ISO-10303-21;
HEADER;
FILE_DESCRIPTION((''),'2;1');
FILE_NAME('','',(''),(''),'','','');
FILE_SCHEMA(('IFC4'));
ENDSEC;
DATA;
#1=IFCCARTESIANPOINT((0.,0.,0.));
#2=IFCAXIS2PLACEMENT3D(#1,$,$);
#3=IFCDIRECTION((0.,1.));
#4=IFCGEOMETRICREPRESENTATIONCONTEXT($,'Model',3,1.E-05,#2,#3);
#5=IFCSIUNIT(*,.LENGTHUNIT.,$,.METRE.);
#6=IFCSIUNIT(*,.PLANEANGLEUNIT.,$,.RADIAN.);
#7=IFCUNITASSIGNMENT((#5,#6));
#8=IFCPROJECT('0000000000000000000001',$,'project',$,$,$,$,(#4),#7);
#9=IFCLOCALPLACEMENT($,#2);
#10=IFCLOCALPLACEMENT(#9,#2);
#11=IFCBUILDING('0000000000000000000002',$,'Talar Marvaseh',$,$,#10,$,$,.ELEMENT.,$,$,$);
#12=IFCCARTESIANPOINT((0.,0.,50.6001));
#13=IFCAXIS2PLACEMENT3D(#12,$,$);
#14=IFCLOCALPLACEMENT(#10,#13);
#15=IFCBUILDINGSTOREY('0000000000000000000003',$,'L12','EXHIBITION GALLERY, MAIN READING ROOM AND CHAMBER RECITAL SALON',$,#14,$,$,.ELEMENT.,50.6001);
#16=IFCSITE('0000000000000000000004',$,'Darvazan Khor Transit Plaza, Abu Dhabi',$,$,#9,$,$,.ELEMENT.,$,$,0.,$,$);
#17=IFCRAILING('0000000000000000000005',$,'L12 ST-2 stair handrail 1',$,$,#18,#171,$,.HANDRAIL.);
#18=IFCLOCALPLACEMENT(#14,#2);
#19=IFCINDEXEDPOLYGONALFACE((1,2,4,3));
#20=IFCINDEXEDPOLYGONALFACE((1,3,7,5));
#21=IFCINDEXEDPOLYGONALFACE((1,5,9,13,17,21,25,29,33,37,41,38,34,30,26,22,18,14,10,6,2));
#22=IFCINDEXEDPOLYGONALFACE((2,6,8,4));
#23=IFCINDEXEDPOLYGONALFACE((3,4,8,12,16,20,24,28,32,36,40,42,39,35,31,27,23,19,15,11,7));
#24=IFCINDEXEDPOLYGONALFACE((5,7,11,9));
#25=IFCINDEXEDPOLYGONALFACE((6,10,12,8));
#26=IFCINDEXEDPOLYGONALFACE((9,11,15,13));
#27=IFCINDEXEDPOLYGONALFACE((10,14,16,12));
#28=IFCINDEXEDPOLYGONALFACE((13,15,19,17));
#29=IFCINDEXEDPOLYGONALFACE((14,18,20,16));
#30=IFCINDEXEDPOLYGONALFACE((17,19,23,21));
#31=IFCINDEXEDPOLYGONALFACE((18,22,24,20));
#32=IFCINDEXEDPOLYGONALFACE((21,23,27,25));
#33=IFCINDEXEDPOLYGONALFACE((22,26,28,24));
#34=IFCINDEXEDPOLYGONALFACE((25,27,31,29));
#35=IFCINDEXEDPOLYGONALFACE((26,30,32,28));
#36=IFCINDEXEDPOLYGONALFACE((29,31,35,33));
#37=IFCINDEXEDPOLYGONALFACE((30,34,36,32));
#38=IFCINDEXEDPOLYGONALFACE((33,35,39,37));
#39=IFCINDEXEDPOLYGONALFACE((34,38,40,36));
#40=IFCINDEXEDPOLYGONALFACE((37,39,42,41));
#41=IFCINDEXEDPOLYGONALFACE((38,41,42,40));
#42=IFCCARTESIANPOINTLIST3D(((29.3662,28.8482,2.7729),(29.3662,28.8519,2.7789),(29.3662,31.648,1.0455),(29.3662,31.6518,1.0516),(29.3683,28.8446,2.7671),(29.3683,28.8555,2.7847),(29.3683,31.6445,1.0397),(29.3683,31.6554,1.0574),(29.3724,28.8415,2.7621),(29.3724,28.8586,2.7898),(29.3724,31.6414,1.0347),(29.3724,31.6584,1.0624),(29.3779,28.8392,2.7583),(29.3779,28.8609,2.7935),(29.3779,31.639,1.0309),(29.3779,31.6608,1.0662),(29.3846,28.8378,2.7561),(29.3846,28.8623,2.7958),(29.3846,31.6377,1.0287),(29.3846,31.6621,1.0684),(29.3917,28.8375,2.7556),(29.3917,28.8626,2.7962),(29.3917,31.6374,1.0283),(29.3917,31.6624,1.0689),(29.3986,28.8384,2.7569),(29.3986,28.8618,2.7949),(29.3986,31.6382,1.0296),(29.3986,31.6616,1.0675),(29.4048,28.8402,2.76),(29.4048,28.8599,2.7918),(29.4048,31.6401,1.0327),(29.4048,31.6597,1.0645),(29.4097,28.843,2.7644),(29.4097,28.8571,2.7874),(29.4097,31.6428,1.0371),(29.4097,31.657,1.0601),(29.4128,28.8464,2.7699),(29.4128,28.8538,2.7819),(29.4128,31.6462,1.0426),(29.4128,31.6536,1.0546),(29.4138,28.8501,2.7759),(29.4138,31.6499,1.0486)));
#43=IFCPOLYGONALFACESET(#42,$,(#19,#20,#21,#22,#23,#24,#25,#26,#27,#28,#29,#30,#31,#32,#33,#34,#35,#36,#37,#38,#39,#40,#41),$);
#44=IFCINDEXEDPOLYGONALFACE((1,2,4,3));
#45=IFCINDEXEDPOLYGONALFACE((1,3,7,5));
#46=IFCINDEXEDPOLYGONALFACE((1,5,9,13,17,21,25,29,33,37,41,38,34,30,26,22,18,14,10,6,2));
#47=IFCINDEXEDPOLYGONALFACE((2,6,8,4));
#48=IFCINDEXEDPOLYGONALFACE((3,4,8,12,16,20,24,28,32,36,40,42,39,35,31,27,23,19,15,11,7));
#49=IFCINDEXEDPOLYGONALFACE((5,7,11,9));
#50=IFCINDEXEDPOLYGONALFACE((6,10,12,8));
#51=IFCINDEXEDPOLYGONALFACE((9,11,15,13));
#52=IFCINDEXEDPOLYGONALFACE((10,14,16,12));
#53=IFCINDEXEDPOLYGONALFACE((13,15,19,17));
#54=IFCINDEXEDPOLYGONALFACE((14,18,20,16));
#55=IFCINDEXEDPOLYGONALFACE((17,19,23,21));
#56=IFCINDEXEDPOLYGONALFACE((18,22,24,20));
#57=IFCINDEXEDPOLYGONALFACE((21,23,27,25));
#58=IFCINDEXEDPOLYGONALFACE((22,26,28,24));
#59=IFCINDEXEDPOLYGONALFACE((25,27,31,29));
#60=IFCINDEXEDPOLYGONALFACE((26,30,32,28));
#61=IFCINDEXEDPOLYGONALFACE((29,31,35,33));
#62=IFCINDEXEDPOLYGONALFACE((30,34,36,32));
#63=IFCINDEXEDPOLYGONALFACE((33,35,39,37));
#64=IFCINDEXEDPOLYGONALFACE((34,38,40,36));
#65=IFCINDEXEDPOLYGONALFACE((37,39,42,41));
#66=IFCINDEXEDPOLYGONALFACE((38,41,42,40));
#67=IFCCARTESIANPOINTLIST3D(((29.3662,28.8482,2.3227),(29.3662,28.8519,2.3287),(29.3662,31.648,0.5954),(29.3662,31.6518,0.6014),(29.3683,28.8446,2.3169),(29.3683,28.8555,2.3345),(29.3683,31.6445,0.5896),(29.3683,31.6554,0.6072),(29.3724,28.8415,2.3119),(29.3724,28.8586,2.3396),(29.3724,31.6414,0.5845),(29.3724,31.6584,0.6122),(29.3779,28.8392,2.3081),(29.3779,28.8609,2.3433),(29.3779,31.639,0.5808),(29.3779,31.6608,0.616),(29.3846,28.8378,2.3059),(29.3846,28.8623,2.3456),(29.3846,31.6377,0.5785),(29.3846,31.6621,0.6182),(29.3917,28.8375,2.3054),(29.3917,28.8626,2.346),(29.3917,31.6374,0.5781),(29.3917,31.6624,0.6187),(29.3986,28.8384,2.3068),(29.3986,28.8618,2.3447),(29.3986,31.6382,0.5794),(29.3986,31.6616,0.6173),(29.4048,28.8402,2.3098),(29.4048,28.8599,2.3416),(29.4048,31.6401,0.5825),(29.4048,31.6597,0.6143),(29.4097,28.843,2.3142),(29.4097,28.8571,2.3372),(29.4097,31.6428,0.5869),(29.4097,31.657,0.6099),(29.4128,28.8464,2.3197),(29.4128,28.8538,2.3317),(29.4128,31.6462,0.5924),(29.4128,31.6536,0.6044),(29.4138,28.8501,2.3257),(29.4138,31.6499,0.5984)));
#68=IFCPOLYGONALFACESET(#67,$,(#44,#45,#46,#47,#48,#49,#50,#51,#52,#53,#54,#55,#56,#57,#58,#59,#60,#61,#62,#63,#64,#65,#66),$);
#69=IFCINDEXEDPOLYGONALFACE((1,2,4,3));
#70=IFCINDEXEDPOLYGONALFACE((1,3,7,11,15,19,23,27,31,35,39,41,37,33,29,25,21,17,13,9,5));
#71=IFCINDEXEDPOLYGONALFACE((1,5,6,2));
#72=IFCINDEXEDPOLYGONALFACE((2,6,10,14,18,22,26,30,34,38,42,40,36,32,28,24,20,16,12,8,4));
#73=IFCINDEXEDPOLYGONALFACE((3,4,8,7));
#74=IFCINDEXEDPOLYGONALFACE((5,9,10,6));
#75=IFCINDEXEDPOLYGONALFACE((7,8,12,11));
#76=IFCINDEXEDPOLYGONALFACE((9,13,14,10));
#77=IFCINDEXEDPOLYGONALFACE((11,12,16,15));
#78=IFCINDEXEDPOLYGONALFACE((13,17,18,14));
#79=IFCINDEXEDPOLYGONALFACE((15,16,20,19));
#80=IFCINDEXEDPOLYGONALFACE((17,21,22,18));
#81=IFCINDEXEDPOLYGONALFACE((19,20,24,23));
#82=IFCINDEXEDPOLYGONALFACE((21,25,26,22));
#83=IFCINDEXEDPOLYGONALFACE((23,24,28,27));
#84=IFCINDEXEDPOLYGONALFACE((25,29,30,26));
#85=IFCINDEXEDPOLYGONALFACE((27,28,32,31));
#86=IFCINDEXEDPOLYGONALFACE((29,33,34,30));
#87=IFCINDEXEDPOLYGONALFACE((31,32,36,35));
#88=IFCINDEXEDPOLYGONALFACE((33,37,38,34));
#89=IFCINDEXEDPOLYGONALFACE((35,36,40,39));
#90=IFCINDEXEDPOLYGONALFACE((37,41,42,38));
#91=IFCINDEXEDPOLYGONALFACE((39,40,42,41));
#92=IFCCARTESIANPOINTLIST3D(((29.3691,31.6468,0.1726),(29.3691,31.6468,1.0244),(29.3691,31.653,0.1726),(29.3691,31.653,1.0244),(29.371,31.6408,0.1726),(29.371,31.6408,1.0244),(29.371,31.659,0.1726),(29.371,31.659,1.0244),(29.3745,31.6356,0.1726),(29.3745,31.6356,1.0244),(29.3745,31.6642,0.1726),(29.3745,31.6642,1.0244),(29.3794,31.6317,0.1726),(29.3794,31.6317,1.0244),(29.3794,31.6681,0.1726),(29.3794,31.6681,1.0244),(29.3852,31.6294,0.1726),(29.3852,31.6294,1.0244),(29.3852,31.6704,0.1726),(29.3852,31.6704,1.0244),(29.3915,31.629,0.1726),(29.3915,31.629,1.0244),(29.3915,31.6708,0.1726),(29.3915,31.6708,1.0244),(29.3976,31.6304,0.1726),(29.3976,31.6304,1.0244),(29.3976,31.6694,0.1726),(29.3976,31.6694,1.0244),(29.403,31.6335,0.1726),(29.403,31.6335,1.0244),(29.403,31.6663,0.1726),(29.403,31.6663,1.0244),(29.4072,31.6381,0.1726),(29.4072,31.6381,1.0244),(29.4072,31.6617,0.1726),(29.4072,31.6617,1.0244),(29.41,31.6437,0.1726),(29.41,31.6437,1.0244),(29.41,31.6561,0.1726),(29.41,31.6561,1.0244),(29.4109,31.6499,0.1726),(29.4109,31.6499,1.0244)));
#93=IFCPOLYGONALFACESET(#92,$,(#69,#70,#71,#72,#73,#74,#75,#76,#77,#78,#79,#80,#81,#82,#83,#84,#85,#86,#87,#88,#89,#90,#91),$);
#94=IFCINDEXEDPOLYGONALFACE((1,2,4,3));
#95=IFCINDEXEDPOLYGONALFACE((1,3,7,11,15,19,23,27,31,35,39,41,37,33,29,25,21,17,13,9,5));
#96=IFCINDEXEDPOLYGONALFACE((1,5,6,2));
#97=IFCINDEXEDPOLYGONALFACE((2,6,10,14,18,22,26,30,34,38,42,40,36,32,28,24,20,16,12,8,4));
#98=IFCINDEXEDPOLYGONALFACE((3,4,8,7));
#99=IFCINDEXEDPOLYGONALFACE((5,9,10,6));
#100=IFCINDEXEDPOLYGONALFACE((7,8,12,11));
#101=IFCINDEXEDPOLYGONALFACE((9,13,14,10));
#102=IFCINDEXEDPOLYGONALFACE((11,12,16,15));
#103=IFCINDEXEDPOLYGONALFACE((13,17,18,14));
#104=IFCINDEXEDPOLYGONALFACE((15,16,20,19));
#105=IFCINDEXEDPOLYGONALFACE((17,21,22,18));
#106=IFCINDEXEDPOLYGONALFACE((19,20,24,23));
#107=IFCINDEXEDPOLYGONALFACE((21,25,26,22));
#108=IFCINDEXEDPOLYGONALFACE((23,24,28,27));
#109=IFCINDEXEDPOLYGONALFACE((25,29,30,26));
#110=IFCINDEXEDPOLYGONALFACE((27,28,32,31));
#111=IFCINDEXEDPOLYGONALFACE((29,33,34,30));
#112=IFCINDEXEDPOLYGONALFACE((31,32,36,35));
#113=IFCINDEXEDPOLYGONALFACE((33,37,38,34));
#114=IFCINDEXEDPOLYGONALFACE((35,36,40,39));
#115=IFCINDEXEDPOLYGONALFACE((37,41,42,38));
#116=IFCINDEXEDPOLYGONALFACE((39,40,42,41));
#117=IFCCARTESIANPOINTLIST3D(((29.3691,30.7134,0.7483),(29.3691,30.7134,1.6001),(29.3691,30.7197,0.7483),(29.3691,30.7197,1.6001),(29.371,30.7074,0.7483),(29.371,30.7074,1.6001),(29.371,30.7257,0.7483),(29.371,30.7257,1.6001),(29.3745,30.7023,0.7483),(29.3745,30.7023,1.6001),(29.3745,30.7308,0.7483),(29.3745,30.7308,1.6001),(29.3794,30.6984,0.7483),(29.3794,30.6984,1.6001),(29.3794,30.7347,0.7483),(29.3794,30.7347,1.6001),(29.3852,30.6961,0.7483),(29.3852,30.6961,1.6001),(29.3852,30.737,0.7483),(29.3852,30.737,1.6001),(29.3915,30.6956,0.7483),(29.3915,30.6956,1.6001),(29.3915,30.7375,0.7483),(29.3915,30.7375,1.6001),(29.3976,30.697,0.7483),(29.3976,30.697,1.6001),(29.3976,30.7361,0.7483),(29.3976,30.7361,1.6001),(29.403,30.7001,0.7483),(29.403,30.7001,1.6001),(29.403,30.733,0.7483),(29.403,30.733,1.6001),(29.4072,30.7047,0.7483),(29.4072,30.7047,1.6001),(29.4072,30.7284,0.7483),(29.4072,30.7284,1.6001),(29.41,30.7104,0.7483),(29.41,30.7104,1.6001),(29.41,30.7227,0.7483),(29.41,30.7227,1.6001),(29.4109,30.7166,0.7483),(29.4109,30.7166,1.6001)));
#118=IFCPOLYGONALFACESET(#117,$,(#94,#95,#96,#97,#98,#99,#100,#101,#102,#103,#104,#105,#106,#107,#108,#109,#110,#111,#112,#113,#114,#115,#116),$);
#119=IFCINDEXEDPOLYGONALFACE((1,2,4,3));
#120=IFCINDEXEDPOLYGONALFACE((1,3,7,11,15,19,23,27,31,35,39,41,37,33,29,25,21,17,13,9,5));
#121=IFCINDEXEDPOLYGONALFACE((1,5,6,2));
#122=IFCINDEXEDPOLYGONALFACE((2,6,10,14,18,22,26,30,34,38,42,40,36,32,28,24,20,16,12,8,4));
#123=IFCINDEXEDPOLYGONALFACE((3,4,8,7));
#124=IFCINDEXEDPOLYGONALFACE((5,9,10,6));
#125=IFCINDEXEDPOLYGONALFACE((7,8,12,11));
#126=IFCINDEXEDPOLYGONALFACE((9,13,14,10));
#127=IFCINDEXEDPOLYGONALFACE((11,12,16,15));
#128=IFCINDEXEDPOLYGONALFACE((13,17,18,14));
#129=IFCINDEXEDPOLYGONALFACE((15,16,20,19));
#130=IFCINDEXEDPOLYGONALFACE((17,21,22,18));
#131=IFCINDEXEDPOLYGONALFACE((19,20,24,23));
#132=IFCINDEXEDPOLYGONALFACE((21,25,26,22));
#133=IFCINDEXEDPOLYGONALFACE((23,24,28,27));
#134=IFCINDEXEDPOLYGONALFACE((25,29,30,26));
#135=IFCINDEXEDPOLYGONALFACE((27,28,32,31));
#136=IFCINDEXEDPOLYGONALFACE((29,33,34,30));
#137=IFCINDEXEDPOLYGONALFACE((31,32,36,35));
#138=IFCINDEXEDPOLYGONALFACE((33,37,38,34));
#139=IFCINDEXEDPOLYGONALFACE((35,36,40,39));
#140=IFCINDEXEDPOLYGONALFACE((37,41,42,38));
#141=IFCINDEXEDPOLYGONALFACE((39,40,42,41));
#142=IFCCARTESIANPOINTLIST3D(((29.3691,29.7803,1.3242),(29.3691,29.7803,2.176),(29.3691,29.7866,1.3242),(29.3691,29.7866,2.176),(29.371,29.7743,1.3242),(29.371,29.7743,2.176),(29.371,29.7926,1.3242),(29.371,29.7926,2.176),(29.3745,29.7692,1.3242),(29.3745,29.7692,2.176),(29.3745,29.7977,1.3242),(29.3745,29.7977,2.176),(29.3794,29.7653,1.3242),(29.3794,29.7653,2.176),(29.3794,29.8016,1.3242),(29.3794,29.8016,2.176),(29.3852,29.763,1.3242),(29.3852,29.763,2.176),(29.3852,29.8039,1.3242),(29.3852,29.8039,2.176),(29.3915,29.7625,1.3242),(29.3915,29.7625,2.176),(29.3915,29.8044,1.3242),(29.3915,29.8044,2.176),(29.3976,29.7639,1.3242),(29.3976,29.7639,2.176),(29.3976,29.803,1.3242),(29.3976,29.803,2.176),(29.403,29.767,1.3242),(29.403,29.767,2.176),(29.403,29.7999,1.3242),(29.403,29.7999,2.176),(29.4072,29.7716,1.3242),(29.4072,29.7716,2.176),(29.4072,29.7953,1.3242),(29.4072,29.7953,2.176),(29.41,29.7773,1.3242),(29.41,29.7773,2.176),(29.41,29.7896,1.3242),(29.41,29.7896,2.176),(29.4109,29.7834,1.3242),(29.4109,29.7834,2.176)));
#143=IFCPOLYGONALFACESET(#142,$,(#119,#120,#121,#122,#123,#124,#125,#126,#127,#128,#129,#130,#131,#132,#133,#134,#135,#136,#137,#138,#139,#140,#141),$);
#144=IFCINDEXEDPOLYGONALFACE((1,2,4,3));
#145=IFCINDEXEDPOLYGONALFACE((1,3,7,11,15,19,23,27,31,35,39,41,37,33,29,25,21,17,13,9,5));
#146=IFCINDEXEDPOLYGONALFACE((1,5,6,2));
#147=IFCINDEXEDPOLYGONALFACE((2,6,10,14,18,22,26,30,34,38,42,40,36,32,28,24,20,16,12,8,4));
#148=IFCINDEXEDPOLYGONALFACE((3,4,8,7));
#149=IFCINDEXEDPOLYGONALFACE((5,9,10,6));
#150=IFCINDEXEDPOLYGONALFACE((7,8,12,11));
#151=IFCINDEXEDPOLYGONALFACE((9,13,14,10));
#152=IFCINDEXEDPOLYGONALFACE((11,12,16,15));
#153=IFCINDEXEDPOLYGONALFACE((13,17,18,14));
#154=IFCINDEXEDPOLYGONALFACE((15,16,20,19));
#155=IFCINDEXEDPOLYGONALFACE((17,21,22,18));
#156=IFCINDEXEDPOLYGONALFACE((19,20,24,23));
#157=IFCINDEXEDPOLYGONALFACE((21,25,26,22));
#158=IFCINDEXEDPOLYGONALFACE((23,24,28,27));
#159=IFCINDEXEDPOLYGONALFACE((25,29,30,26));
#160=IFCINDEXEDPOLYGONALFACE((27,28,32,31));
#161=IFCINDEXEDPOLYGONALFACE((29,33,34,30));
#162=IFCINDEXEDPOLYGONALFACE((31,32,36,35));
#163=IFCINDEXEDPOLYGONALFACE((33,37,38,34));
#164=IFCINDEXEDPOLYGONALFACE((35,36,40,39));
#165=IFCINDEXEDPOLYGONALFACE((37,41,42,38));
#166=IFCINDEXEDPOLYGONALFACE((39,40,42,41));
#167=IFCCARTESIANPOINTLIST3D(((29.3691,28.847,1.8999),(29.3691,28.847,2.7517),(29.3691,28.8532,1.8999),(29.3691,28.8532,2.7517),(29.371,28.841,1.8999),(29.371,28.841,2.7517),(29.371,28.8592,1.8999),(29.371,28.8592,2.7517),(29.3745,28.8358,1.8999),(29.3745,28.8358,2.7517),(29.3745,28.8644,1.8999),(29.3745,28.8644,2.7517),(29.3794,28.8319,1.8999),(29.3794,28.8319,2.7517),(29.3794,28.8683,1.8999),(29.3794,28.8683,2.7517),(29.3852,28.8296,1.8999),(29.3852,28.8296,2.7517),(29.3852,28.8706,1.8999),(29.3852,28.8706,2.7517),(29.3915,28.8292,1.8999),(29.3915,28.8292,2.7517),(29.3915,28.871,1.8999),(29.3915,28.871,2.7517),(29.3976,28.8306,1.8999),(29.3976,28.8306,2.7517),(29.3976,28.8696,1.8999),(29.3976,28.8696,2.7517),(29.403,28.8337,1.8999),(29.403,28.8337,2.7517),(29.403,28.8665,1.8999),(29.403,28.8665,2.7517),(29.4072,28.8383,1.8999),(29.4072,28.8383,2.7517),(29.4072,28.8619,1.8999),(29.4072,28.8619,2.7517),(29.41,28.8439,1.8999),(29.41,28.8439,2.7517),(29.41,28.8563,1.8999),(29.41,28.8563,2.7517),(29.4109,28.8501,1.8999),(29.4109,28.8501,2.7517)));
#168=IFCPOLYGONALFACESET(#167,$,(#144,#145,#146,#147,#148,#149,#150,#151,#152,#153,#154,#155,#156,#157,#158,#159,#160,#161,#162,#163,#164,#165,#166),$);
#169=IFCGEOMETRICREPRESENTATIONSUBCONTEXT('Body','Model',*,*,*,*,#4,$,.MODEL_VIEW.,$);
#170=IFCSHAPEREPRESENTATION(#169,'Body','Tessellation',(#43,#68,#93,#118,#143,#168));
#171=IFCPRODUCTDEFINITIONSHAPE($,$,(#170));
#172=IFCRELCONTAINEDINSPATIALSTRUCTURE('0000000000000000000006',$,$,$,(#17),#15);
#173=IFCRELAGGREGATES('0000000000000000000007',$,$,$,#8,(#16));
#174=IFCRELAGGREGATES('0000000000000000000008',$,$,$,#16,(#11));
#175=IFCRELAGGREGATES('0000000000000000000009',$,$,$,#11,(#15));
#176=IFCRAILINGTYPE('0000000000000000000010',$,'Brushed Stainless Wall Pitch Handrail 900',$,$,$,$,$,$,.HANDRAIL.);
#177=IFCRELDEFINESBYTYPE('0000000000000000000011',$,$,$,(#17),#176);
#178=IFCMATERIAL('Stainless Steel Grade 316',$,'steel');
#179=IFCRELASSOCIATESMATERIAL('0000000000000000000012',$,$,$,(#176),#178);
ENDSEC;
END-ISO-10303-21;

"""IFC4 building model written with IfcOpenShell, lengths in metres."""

from ifc_helpers import new_model, si_unit, direction, frame, origin, origin_2d, place, context, subcontext, project, spatial, circle, extrude, material, type_object, element, save


model = new_model("IFC4")

# Units and contexts
model_context = context("Model", 3, precision=1e-05, world=origin(), true_north=direction((0.0, 1.0)))
body_context = subcontext(model_context, "Body", "Model", "MODEL_VIEW")
ifc_project = project(units=[si_unit("LENGTHUNIT", "METRE"), si_unit("PLANEANGLEUNIT", "RADIAN")], contexts=[model_context])

# Site, building, storey
site_placement = place(None, origin())
site = spatial("IfcSite", under=ifc_project, at=site_placement, Name="Darvazan Khor Transit Plaza, Abu Dhabi", CompositionType="ELEMENT", RefElevation=0.0)
building_placement = place(site_placement, origin())
building = spatial("IfcBuilding", under=site, at=building_placement, Name="Talar Marvaseh", CompositionType="ELEMENT")
storey_placement = place(building_placement, frame((0.0, 0.0, 50.6001)))
storey = spatial("IfcBuildingStorey", under=building, at=storey_placement, Name="L12", Description="EXHIBITION GALLERY, MAIN READING ROOM AND CHAMBER RECITAL SALON", CompositionType="ELEMENT", Elevation=50.6001)

# Shared definitions
ifc_material_1 = material(Name="Stainless Steel Grade 316", Category="steel")

# Railing
railing_type_1 = type_object("IfcRailingType", Name="Brushed Stainless Wall Pitch Handrail 900", PredefinedType="HANDRAIL", material=ifc_material_1)
railing_1_placement = place(storey_placement, frame((29.3899, 31.6499, 0.1726)))
element("IfcRailing", 1, at=railing_1_placement, inside=storey, type_object=railing_type_1, Name="L12 ST-2 stair handrail 1", PredefinedType="HANDRAIL", context=body_context, shape_type="SweptSolid", body=[
    extrude(circle(Radius=0.0239, at=origin_2d()), frame((0.0, 0.0, 0.876), z_axis=(0.0, -0.851069, 0.525054), x_axis=(1.0, 0.0, 0.0)), (0.0, 0.0, 1.0), 3.2898),
    extrude(circle(Radius=0.0239, at=origin_2d()), frame((0.0, 0.0, 0.4258), z_axis=(0.0, -0.851069, 0.525054), x_axis=(1.0, 0.0, 0.0)), (0.0, 0.0, 1.0), 3.2898),
    extrude(circle(Radius=0.021, at=origin_2d()), origin(), (0.0, 0.0, 1.0), 0.8518),
    extrude(circle(Radius=0.021, at=origin_2d()), frame((0.0, -0.9333, 0.5757)), (0.0, 0.0, 1.0), 0.8518),
    extrude(circle(Radius=0.021, at=origin_2d()), frame((0.0, -1.8665, 1.1516)), (0.0, 0.0, 1.0), 0.8518),
    extrude(circle(Radius=0.021, at=origin_2d()), frame((0.0, -2.7998, 1.7273)), (0.0, 0.0, 1.0), 0.8518),
])

save(model, "model.ifc")
